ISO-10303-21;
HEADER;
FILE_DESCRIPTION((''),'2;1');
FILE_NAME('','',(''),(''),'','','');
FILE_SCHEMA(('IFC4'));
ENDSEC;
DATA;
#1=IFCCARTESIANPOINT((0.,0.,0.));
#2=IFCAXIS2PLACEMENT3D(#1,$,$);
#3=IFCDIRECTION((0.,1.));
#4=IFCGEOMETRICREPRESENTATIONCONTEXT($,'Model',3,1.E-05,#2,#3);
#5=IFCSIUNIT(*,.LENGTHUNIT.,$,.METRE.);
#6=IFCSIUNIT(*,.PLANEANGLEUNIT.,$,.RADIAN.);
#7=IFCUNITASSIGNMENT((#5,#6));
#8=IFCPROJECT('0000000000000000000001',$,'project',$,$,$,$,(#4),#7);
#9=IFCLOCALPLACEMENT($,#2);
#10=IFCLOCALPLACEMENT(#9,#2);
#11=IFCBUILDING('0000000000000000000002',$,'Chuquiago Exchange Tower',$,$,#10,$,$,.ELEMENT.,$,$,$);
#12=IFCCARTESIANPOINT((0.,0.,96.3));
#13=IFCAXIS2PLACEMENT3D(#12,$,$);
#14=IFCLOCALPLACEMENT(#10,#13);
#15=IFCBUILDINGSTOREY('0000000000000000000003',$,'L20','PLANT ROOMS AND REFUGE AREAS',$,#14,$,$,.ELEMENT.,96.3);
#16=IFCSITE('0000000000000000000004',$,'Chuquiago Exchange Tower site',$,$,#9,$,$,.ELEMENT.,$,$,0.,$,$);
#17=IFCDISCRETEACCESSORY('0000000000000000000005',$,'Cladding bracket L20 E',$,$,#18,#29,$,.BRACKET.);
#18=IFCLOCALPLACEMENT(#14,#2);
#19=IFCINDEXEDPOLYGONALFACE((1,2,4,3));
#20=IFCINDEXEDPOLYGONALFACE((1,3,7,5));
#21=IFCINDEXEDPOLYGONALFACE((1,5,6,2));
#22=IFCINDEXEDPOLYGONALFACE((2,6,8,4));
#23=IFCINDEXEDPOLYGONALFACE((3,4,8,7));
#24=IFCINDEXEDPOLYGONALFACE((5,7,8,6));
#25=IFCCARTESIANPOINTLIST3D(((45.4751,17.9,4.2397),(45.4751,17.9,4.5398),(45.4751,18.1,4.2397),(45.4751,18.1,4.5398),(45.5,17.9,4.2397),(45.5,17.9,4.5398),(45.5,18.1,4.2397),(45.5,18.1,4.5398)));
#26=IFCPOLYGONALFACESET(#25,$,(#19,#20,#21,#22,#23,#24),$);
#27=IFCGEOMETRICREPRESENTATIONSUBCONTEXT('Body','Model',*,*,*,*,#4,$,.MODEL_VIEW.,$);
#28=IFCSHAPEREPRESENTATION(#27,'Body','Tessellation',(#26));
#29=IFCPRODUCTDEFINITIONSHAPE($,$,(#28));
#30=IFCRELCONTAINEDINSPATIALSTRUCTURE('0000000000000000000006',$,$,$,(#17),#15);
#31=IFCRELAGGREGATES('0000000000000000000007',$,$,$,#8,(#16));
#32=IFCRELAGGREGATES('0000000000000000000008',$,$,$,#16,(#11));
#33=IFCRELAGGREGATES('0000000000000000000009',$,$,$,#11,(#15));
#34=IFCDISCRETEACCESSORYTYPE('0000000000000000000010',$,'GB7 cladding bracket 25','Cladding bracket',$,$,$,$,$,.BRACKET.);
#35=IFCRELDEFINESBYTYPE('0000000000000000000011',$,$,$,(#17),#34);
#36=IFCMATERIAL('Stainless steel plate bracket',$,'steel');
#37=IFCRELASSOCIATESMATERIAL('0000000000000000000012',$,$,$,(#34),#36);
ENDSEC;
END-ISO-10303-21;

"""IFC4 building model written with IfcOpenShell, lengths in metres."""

from ifc_helpers import new_model, si_unit, direction, frame, origin, origin_2d, place, context, subcontext, project, spatial, rectangle, extrude, material, type_object, element, save


model = new_model("IFC4")

# Units and contexts
model_context = context("Model", 3, precision=1e-05, world=origin(), true_north=direction((0.0, 1.0)))
body_context = subcontext(model_context, "Body", "Model", "MODEL_VIEW")
ifc_project = project(units=[si_unit("LENGTHUNIT", "METRE"), si_unit("PLANEANGLEUNIT", "RADIAN")], contexts=[model_context])

# Site, building, storey
site_placement = place(None, origin())
site = spatial("IfcSite", under=ifc_project, at=site_placement, Name="Chuquiago Exchange Tower site", CompositionType="ELEMENT", RefElevation=0.0)
building_placement = place(site_placement, origin())
building = spatial("IfcBuilding", under=site, at=building_placement, Name="Chuquiago Exchange Tower", CompositionType="ELEMENT")
storey_placement = place(building_placement, frame((0.0, 0.0, 96.3)))
storey = spatial("IfcBuildingStorey", under=building, at=storey_placement, Name="L20", Description="PLANT ROOMS AND REFUGE AREAS", CompositionType="ELEMENT", Elevation=96.3)

# Discrete accessory
ifc_material_1 = material(Name="Stainless steel plate bracket", Category="steel")
discrete_accessory_type_1 = type_object("IfcDiscreteAccessoryType", Name="GB7 cladding bracket 25", Description="Cladding bracket", PredefinedType="BRACKET", material=ifc_material_1)
for number, where, z_axis, x_axis, name in (
    (1, (45.4875, 18.0, 4.2397), (0.0, 0.0, 1.0), (0.0, 1.0, 0.0), "Cladding bracket L20 E"),
):
    element("IfcDiscreteAccessory", number, at=place(storey_placement, frame(where, z_axis=z_axis, x_axis=x_axis)), inside=storey, type_object=discrete_accessory_type_1, Name=name, PredefinedType="BRACKET", context=body_context, shape_type="SweptSolid", body=[
        extrude(rectangle(XDim=0.2, YDim=0.0249, at=origin_2d()), origin(), (0.0, 0.0, 1.0), 0.3),
    ])

save(model, "model.ifc")
